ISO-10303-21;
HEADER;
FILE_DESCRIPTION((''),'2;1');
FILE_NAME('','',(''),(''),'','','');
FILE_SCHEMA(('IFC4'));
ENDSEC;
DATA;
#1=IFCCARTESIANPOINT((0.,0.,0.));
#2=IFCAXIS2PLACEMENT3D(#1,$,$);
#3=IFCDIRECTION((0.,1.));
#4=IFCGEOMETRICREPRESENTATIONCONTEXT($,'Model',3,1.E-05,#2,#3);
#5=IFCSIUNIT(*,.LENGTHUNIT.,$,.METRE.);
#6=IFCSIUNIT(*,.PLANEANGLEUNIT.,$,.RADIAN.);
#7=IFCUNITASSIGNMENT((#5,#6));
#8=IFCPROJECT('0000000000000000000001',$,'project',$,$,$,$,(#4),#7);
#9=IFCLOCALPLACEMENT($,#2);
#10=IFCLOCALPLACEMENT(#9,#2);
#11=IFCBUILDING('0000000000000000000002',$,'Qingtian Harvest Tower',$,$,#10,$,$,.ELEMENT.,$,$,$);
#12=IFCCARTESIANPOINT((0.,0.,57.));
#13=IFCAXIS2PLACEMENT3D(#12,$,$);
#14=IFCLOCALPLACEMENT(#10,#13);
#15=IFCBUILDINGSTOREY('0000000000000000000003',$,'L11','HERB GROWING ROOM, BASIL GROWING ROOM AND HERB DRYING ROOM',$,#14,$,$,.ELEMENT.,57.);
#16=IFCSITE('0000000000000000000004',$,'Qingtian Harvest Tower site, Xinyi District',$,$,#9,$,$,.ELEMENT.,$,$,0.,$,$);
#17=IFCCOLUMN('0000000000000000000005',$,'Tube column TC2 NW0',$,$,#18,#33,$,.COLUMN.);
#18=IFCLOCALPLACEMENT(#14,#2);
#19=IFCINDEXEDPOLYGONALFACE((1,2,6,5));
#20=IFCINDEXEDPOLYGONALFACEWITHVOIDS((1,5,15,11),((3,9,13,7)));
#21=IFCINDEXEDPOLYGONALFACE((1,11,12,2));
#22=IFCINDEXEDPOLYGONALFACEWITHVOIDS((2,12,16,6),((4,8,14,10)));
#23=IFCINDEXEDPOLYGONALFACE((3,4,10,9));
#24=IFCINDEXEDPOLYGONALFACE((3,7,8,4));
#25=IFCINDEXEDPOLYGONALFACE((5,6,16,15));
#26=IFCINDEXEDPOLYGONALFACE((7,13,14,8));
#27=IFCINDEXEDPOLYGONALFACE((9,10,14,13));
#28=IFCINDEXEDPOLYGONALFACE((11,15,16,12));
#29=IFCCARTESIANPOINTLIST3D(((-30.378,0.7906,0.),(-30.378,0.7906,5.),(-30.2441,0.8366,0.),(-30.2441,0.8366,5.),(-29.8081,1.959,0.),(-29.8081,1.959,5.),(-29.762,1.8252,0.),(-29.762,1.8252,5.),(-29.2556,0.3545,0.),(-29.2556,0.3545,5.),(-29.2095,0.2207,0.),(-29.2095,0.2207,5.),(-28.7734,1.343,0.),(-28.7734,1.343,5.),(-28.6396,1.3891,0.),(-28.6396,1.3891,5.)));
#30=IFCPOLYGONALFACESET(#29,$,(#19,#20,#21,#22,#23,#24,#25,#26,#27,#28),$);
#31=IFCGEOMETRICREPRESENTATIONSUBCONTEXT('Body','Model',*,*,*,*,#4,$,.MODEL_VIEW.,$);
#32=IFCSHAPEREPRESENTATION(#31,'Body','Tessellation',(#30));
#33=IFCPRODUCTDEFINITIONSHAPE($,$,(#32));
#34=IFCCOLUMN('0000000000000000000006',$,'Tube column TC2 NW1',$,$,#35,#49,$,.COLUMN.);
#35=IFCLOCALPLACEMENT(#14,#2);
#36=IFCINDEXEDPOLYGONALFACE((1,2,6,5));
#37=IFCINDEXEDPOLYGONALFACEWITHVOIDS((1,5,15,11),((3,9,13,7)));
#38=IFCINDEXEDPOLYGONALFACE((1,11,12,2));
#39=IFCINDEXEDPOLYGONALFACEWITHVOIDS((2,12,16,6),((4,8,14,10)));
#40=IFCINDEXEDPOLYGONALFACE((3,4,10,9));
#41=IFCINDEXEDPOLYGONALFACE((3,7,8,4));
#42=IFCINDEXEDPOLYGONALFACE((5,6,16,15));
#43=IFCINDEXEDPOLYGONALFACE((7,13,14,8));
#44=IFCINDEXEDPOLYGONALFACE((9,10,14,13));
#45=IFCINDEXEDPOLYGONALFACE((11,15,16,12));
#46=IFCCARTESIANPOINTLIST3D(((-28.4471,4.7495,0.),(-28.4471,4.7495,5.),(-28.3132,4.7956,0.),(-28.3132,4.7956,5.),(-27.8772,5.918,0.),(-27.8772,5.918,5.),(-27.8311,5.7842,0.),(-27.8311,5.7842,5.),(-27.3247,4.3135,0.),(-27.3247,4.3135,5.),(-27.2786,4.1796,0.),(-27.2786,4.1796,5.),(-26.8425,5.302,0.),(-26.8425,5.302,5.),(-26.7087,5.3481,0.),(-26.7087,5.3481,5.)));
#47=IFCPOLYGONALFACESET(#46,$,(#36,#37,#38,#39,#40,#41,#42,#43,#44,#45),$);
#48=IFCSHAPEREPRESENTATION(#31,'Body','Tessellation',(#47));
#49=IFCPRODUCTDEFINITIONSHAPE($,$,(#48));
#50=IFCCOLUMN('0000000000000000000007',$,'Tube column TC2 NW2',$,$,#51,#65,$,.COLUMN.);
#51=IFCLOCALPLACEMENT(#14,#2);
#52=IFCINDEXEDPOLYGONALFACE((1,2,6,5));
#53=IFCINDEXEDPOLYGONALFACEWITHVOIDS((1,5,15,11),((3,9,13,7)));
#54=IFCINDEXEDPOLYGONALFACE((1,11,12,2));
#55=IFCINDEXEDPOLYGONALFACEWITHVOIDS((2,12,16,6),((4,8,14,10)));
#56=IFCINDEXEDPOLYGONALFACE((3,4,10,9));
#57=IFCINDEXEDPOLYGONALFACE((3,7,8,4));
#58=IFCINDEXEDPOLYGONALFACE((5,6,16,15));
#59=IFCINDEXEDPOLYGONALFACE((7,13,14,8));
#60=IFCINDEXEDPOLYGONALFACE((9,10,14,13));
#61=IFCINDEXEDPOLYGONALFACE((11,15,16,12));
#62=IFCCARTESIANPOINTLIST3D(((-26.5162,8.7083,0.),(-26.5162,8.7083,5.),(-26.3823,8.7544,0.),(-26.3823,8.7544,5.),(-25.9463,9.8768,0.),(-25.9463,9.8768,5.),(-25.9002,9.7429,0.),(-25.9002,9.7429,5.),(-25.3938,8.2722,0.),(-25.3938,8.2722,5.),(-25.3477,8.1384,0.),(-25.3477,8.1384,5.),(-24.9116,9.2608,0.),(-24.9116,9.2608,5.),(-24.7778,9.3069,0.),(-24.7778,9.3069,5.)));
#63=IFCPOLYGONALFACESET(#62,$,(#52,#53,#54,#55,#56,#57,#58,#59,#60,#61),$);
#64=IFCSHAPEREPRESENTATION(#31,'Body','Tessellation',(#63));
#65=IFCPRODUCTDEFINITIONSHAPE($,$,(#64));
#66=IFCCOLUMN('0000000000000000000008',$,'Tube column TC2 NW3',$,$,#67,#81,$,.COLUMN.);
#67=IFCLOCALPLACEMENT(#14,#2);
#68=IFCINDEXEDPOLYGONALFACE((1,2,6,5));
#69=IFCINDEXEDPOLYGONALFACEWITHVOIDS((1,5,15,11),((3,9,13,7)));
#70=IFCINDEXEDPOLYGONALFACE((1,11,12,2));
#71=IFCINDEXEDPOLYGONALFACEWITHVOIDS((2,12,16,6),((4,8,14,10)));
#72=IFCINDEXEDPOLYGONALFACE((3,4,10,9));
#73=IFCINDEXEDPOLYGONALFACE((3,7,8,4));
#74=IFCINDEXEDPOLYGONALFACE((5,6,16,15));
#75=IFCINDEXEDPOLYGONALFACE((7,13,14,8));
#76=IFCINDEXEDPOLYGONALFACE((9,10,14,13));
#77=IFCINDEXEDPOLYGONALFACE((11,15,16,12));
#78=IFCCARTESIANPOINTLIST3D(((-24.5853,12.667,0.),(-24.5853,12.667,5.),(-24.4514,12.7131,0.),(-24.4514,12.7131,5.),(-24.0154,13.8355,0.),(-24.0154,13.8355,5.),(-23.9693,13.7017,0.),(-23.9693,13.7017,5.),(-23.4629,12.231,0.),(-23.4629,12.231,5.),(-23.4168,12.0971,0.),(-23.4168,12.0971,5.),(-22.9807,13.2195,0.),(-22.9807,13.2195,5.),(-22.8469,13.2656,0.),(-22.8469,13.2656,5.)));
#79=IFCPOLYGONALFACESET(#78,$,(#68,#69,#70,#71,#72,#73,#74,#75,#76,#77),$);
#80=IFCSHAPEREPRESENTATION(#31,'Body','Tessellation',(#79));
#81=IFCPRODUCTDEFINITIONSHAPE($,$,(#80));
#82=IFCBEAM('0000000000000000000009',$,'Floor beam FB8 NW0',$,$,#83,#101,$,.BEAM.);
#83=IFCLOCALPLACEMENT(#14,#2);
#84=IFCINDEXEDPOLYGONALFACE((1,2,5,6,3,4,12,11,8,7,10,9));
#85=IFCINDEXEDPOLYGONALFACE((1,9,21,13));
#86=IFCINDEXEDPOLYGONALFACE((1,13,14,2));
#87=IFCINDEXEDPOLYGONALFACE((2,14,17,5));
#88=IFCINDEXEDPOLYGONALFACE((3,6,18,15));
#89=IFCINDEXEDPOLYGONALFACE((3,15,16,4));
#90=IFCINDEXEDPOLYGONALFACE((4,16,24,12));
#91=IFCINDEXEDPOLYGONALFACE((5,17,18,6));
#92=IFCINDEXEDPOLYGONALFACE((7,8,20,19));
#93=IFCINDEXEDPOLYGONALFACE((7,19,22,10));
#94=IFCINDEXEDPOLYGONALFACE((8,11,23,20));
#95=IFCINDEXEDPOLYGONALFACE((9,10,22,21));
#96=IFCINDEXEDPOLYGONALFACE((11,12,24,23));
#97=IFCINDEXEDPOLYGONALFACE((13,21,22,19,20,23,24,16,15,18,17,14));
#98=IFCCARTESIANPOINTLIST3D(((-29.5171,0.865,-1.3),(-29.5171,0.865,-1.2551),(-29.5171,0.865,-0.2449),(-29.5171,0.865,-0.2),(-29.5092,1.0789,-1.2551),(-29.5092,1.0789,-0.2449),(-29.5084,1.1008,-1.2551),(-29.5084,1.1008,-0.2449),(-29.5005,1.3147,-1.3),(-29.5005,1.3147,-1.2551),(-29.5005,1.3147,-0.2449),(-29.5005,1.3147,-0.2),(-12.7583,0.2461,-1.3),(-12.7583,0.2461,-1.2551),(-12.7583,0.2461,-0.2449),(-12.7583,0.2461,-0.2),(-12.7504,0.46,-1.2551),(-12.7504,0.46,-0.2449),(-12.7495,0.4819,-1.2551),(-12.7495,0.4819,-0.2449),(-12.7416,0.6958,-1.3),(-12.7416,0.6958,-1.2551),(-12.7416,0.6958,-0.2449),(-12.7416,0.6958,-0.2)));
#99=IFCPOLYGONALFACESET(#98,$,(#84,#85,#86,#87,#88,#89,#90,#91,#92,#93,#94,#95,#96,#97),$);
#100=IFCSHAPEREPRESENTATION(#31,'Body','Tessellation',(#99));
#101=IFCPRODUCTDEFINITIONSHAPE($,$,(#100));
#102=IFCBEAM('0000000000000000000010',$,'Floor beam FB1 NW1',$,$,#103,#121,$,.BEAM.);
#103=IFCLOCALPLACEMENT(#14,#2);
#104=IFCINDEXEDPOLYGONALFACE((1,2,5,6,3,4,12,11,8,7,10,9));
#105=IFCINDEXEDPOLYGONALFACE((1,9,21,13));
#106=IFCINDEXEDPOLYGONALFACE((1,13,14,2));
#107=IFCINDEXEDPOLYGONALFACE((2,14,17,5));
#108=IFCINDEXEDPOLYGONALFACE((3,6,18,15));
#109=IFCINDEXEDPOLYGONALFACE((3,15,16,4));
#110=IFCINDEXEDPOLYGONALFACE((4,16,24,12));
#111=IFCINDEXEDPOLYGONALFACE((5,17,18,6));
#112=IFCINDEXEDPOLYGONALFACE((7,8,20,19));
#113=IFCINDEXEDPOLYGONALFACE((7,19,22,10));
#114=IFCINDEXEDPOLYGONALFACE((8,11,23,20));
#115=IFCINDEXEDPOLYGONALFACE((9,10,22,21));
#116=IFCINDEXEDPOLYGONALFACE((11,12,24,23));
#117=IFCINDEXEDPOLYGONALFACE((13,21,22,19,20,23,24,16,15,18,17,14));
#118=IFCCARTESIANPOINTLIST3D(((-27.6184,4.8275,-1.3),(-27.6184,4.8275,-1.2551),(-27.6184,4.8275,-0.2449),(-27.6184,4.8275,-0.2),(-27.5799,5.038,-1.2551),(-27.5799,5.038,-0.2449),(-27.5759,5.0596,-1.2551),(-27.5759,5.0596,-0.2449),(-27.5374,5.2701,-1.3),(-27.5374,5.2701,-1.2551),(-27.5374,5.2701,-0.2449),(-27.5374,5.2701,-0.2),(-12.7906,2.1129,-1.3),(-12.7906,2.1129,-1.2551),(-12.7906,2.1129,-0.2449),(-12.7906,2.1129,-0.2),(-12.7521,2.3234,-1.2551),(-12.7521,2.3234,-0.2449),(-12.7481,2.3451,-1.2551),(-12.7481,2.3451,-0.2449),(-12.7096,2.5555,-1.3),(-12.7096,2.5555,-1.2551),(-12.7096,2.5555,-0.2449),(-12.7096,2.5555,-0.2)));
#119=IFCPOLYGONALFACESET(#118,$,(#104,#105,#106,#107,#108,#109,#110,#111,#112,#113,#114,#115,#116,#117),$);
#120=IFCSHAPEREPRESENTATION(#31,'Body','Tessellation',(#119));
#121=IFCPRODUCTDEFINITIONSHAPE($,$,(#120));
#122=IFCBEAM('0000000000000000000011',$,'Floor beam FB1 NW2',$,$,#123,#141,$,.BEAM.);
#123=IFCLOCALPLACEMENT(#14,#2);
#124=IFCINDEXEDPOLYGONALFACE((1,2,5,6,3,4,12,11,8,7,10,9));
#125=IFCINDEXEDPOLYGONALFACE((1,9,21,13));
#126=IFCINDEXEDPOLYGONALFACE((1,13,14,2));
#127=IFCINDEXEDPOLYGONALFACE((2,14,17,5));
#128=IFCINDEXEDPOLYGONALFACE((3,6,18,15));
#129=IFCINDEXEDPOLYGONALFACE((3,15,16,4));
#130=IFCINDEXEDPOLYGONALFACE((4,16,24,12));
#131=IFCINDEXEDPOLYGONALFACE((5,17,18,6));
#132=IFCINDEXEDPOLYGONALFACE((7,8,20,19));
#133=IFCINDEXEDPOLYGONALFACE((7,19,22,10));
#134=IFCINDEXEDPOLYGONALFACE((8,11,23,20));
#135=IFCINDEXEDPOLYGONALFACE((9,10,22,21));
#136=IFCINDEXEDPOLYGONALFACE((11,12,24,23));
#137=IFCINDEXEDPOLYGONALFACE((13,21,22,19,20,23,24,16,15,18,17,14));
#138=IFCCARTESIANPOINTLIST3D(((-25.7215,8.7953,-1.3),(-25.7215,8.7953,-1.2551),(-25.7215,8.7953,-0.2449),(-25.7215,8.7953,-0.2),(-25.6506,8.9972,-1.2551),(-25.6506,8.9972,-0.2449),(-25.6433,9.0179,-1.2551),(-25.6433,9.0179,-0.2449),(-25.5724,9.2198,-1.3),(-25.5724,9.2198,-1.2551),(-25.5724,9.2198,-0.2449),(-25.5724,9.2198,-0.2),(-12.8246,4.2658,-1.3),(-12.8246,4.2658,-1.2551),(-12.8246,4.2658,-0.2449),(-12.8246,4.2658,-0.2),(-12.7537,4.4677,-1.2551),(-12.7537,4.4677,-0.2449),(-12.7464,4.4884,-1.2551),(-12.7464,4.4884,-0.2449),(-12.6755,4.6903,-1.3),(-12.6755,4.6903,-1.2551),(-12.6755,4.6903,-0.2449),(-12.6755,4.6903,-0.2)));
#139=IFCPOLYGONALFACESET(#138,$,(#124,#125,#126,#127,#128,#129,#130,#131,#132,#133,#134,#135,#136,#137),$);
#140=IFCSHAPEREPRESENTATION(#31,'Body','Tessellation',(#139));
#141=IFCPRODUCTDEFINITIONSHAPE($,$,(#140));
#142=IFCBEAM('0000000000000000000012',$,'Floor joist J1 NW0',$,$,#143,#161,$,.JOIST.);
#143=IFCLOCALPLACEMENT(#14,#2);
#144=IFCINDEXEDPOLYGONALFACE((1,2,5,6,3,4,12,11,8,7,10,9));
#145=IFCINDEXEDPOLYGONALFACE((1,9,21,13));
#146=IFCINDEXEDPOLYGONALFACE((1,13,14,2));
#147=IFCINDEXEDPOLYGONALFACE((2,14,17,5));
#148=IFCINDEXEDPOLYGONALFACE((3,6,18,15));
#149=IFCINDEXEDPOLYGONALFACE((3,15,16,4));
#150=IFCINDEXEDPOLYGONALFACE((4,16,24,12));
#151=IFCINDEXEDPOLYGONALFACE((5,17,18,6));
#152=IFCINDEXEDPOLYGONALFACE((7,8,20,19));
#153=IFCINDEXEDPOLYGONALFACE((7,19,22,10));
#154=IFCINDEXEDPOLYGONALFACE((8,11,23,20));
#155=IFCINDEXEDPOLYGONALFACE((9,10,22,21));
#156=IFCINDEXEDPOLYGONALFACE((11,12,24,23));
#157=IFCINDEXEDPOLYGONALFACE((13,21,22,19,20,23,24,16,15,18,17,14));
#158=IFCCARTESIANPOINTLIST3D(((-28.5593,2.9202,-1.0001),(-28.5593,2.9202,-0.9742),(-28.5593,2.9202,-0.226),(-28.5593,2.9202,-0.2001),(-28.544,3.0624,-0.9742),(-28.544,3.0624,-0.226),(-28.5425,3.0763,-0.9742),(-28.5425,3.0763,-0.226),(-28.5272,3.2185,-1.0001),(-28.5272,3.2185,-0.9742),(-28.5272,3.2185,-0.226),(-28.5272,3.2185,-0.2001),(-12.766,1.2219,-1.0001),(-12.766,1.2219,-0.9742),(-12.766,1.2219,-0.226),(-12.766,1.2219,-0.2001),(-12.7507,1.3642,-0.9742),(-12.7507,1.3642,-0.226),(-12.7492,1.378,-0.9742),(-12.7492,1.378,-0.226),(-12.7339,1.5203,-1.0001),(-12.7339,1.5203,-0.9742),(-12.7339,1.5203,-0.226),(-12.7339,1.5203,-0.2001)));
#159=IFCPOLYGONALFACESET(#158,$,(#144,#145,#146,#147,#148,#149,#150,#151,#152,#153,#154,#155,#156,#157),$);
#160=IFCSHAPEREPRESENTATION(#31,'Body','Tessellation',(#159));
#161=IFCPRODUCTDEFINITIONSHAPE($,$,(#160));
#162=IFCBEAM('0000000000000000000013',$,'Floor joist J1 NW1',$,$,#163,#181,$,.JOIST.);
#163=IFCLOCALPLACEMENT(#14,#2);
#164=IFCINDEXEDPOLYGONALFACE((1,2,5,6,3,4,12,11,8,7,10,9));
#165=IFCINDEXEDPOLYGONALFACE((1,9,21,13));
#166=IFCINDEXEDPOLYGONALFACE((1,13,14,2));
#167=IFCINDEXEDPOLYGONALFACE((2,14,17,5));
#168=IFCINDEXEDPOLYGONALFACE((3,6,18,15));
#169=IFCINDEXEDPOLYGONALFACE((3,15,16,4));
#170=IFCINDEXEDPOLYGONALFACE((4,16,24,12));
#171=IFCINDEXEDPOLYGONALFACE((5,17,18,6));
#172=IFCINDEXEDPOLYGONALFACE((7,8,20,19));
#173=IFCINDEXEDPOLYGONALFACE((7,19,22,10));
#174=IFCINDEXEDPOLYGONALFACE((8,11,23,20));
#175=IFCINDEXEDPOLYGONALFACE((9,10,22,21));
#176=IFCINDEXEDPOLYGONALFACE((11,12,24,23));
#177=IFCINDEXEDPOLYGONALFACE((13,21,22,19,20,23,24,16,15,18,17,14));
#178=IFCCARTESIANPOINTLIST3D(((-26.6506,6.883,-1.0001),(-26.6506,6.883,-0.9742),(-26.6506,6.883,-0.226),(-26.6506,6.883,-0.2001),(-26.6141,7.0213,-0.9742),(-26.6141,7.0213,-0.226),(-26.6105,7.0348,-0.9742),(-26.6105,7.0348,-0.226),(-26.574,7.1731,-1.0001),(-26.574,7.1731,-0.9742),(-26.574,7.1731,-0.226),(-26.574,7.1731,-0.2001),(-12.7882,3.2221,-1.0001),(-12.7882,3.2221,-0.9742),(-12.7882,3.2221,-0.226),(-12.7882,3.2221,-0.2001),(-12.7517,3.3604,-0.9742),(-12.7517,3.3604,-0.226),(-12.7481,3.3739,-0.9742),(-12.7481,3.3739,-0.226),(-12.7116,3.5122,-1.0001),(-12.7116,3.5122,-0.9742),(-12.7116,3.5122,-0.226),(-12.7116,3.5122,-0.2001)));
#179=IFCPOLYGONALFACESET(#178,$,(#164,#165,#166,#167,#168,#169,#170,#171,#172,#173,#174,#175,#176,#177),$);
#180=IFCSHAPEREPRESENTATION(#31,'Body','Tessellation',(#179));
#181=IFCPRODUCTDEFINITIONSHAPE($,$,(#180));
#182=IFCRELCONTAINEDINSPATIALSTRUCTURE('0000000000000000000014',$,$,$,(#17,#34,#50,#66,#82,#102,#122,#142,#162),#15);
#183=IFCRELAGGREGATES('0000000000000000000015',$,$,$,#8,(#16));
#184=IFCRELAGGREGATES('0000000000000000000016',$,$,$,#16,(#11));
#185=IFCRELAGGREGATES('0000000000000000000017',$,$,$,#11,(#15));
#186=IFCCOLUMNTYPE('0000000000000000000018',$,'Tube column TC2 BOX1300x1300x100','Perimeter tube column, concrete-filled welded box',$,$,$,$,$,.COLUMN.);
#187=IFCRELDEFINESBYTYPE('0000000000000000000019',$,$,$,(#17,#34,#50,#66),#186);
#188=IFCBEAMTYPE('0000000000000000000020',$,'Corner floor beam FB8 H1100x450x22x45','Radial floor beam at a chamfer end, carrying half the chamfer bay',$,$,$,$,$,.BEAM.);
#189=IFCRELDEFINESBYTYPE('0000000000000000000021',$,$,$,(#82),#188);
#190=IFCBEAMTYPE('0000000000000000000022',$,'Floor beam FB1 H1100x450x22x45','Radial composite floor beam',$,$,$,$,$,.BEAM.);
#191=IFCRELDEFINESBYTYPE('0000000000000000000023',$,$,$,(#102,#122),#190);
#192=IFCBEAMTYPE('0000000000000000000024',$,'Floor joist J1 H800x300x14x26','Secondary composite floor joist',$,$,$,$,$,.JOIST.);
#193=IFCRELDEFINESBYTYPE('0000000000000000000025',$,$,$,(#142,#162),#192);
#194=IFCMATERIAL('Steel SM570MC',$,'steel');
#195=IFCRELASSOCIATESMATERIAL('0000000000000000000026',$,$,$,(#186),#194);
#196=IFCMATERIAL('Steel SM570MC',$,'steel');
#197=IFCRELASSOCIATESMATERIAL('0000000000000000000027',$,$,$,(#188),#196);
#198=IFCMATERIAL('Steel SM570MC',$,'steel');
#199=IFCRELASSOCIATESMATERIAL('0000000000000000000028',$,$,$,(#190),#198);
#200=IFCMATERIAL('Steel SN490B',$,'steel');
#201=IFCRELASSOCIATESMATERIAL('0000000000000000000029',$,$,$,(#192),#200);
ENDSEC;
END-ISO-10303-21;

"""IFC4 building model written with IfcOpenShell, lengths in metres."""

from ifc_helpers import new_model, si_unit, direction, frame, origin, origin_2d, place, context, subcontext, project, spatial, hollow_rectangle, i_section, extrude, material, material_profile, profile_set, type_object, element, save


model = new_model("IFC4")

# Units and contexts
model_context = context("Model", 3, precision=1e-05, world=origin(), true_north=direction((0.0, 1.0)))
body_context = subcontext(model_context, "Body", "Model", "MODEL_VIEW")
ifc_project = project(units=[si_unit("LENGTHUNIT", "METRE"), si_unit("PLANEANGLEUNIT", "RADIAN")], contexts=[model_context])

# Site, building, storey
site_placement = place(None, origin())
site = spatial("IfcSite", under=ifc_project, at=site_placement, Name="Qingtian Harvest Tower site, Xinyi District", CompositionType="ELEMENT", RefElevation=0.0)
building_placement = place(site_placement, origin())
building = spatial("IfcBuilding", under=site, at=building_placement, Name="Qingtian Harvest Tower", CompositionType="ELEMENT")
storey_placement = place(building_placement, frame((0.0, 0.0, 57.0)))
storey = spatial("IfcBuildingStorey", under=building, at=storey_placement, Name="L11", Description="HERB GROWING ROOM, BASIL GROWING ROOM AND HERB DRYING ROOM", CompositionType="ELEMENT", Elevation=57.0)

# Columns
ifc_material_1 = material(Name="Steel SM570MC", Category="steel")
ifc_material_profile_1 = material_profile(ifc_material_1, hollow_rectangle(XDim=1.3, YDim=1.3, WallThickness=0.1001, at=origin_2d()), Name="BOX1300x1300x100")
ifc_profile_set_1 = profile_set([ifc_material_profile_1], Name="Steel SM570MC")
column_type = type_object("IfcColumnType", Name="Tube column TC2 BOX1300x1300x100", Description="Perimeter tube column, concrete-filled welded box", PredefinedType="COLUMN", material=ifc_profile_set_1)
for number, where, z_axis, x_axis, name in (
    (1, (-29.5088, 1.0898, 0.0), (0.0, 0.0, 1.0), (-0.438371, -0.898794, 0.0), "Tube column TC2 NW0"),
    (2, (-27.5779, 5.0488, 0.0), (0.0, 0.0, 1.0), (-0.438371, -0.898794, 0.0), "Tube column TC2 NW1"),
    (3, (-25.647, 9.0076, 0.0), (0.0, 0.0, 1.0), (-0.438371, -0.898794, 0.0), "Tube column TC2 NW2"),
    (4, (-23.7161, 12.9663, 0.0), (0.0, 0.0, 1.0), (-0.438371, -0.898794, 0.0), "Tube column TC2 NW3"),
):
    element("IfcColumn", number, at=place(storey_placement, frame(where, z_axis=z_axis, x_axis=x_axis)), inside=storey, type_object=column_type, Name=name, PredefinedType="COLUMN", context=body_context, shape_type="SweptSolid", body=[
        extrude(hollow_rectangle(XDim=1.3, YDim=1.3, WallThickness=0.1001, at=origin_2d()), origin(), (0.0, 0.0, 1.0), 5.0),
    ])

# Beams
ifc_material_2 = material(Name="Steel SM570MC", Category="steel")
ifc_material_profile_2 = material_profile(ifc_material_2, i_section(OverallWidth=0.45, OverallDepth=1.1001, WebThickness=0.022, FlangeThickness=0.0449, at=origin_2d()), Name="H1100x450x22x45")
ifc_profile_set_2 = profile_set([ifc_material_profile_2], Name="Steel SM570MC")
beam_type_1 = type_object("IfcBeamType", Name="Corner floor beam FB8 H1100x450x22x45", Description="Radial floor beam at a chamfer end, carrying half the chamfer bay", PredefinedType="BEAM", material=ifc_profile_set_2)
beam_1_placement = place(storey_placement, frame((-29.5088, 1.0898, -0.75), z_axis=(0.999319, -0.036905, 0.0), x_axis=(0.036905, 0.999319, 0.0)))
element("IfcBeam", 5, at=beam_1_placement, inside=storey, type_object=beam_type_1, Name="Floor beam FB8 NW0", PredefinedType="BEAM", context=body_context, shape_type="SweptSolid", body=[
    extrude(i_section(OverallWidth=0.45, OverallDepth=1.1001, WebThickness=0.022, FlangeThickness=0.0449, at=origin_2d()), origin(), (0.0, 0.0, 1.0), 16.7703),
])
ifc_material_3 = material(Name="Steel SM570MC", Category="steel")
ifc_material_profile_3 = material_profile(ifc_material_3, i_section(OverallWidth=0.45, OverallDepth=1.1001, WebThickness=0.022, FlangeThickness=0.0449, at=origin_2d()), Name="H1100x450x22x45")
ifc_profile_set_3 = profile_set([ifc_material_profile_3], Name="Steel SM570MC")
beam_type_2 = type_object("IfcBeamType", Name="Floor beam FB1 H1100x450x22x45", Description="Radial composite floor beam", PredefinedType="BEAM", material=ifc_profile_set_3)
beam_2_placement = place(storey_placement, frame((-27.5779, 5.0488, -0.75), z_axis=(0.983652, -0.180081, 0.0), x_axis=(0.180081, 0.983652, 0.0)))
element("IfcBeam", 6, at=beam_2_placement, inside=storey, type_object=beam_type_2, Name="Floor beam FB1 NW1", PredefinedType="BEAM", context=body_context, shape_type="SweptSolid", body=[
    extrude(i_section(OverallWidth=0.45, OverallDepth=1.1001, WebThickness=0.022, FlangeThickness=0.0449, at=origin_2d()), origin(), (0.0, 0.0, 1.0), 15.0742),
])
beam_3_placement = place(storey_placement, frame((-25.647, 9.0076, -0.75), z_axis=(0.943502, -0.331367, 0.0), x_axis=(0.331367, 0.943502, 0.0)))
element("IfcBeam", 7, at=beam_3_placement, inside=storey, type_object=beam_type_2, Name="Floor beam FB1 NW2", PredefinedType="BEAM", context=body_context, shape_type="SweptSolid", body=[
    extrude(i_section(OverallWidth=0.45, OverallDepth=1.1001, WebThickness=0.022, FlangeThickness=0.0449, at=origin_2d()), origin(), (0.0, 0.0, 1.0), 13.6692),
])
ifc_material_4 = material(Name="Steel SN490B", Category="steel")
ifc_material_profile_4 = material_profile(ifc_material_4, i_section(OverallWidth=0.3, OverallDepth=0.8, WebThickness=0.0139, FlangeThickness=0.0259, at=origin_2d()), Name="H800x300x14x26")
ifc_profile_set_4 = profile_set([ifc_material_profile_4], Name="Steel SN490B")
beam_type_3 = type_object("IfcBeamType", Name="Floor joist J1 H800x300x14x26", Description="Secondary composite floor joist", PredefinedType="JOIST", material=ifc_profile_set_4)
beam_4_placement = place(storey_placement, frame((-28.5432, 3.0693, -0.6001), z_axis=(0.994268, -0.106914, 0.0), x_axis=(0.106914, 0.994268, 0.0)))
element("IfcBeam", 8, at=beam_4_placement, inside=storey, type_object=beam_type_3, Name="Floor joist J1 NW0", PredefinedType="JOIST", context=body_context, shape_type="SweptSolid", body=[
    extrude(i_section(OverallWidth=0.3, OverallDepth=0.8, WebThickness=0.0139, FlangeThickness=0.0259, at=origin_2d()), origin(), (0.0, 0.0, 1.0), 15.8843),
])
beam_5_placement = place(storey_placement, frame((-26.6123, 7.0281, -0.6001), z_axis=(0.966852, -0.255336, 0.0), x_axis=(0.255336, 0.966852, 0.0)))
element("IfcBeam", 9, at=beam_5_placement, inside=storey, type_object=beam_type_3, Name="Floor joist J1 NW1", PredefinedType="JOIST", context=body_context, shape_type="SweptSolid", body=[
    extrude(i_section(OverallWidth=0.3, OverallDepth=0.8, WebThickness=0.0139, FlangeThickness=0.0259, at=origin_2d()), origin(), (0.0, 0.0, 1.0), 14.3376),
])

save(model, "model.ifc")
